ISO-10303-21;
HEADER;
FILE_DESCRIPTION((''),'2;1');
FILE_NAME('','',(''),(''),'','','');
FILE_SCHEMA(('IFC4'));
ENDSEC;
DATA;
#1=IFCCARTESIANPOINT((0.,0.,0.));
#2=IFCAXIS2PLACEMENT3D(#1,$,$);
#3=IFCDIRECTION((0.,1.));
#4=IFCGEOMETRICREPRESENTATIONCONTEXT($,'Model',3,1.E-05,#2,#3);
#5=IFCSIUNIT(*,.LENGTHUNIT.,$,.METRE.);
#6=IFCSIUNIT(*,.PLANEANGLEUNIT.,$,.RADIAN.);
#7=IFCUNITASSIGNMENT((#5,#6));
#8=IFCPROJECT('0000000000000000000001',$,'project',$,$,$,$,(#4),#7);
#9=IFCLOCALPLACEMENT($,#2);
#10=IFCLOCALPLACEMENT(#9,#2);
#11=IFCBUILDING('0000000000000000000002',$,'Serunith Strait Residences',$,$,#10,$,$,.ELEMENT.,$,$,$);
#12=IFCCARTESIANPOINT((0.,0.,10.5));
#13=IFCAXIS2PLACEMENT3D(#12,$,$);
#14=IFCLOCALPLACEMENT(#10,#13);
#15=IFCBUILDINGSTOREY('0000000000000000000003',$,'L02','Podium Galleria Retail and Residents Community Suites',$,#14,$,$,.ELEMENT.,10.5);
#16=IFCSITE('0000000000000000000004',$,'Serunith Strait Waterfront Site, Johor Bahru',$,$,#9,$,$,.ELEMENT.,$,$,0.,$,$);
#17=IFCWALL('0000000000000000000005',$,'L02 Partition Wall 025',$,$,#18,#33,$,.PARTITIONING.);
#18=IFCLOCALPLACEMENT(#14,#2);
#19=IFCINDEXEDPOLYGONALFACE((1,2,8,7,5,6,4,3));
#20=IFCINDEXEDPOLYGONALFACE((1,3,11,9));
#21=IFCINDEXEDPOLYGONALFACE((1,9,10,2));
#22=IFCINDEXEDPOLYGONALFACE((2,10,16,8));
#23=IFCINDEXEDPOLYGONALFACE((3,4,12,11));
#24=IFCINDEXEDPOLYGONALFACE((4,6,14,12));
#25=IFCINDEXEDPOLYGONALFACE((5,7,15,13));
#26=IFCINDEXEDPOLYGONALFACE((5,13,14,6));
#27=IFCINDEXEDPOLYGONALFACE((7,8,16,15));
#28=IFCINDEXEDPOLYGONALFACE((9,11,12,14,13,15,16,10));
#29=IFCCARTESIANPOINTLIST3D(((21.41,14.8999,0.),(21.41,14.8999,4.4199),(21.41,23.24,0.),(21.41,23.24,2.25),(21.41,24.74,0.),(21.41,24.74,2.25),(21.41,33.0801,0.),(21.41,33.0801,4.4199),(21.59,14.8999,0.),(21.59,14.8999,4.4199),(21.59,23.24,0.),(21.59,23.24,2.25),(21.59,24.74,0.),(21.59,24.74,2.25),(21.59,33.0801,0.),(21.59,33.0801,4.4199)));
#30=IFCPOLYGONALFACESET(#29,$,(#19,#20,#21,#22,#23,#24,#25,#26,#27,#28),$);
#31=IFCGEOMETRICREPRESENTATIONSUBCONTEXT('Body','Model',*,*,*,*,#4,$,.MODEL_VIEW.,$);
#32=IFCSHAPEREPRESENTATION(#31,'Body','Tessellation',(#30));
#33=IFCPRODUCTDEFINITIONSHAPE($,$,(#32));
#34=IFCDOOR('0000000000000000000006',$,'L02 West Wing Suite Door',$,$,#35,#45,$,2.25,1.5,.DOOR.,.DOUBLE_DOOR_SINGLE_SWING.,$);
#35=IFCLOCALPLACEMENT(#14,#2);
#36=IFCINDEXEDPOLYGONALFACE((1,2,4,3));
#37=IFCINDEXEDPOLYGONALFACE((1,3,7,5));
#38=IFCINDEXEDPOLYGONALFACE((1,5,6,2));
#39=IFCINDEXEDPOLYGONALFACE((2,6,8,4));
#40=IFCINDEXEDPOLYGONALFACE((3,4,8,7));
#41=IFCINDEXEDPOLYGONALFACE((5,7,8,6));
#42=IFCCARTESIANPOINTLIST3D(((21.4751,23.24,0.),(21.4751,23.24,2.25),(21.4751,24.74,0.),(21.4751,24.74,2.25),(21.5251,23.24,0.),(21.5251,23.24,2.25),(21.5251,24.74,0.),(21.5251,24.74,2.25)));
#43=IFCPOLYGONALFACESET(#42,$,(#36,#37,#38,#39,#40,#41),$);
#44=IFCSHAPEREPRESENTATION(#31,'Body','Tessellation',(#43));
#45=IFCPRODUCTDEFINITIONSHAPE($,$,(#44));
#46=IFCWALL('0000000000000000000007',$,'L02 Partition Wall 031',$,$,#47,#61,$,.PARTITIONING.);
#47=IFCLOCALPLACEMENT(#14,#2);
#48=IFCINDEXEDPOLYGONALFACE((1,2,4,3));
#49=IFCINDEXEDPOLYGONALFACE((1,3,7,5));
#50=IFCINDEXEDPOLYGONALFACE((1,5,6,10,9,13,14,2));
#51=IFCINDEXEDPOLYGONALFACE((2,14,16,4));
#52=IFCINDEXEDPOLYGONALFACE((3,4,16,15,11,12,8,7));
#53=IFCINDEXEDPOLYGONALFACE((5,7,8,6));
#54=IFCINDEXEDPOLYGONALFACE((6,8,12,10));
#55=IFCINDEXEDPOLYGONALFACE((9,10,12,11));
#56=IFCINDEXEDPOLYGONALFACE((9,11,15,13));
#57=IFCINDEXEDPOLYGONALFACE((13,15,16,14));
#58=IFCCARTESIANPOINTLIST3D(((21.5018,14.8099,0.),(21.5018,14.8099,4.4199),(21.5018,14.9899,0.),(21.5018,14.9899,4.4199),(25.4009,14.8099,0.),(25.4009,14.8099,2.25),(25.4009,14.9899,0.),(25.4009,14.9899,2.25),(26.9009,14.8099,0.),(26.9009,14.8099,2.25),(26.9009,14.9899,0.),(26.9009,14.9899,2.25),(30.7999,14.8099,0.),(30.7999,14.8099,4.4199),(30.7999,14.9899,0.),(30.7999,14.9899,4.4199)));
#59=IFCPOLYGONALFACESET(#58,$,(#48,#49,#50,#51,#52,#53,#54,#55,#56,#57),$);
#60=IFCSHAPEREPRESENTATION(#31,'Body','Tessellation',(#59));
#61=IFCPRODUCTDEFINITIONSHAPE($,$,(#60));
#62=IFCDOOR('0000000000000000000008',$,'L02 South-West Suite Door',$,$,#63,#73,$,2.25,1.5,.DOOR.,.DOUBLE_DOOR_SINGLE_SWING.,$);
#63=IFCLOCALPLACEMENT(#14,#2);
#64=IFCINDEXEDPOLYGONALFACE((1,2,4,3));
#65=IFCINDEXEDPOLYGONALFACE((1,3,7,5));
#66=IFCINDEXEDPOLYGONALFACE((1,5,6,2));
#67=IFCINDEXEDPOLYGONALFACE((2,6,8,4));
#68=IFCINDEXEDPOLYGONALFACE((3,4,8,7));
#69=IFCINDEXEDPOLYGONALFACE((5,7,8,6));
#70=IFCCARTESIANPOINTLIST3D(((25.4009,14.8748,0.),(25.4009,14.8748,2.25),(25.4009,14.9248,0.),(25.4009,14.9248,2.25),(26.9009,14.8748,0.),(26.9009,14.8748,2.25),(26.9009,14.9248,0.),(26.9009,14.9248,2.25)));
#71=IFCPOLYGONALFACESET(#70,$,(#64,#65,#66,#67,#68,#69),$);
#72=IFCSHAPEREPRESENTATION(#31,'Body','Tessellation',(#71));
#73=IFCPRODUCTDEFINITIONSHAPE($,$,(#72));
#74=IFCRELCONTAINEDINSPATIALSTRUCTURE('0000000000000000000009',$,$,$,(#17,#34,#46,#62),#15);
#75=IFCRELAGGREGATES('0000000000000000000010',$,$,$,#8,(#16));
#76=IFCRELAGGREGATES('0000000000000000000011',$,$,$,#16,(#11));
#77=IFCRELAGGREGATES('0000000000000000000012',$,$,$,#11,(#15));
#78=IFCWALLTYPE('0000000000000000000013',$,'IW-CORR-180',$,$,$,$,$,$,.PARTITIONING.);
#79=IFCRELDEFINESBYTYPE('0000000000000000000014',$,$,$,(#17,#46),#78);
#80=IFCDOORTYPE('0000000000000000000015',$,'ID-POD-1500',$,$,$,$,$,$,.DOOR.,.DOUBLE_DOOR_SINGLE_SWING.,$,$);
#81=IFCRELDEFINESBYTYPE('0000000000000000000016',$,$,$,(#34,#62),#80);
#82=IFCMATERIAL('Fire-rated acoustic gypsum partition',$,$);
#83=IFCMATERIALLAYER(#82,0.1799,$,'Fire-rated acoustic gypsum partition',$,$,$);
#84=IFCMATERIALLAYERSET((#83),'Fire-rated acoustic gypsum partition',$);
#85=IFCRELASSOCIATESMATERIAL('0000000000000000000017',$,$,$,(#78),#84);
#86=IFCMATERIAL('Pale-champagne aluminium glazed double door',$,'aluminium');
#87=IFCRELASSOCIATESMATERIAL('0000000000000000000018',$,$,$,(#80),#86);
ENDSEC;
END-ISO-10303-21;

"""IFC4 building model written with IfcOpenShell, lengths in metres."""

from ifc_helpers import new_model, si_unit, direction, frame, frame_2d, origin, place, context, subcontext, project, spatial, rectangle, extrude, source, transform, mapped, material, layer, layer_set, type_object, element, fill, save


model = new_model("IFC4")

# Units and contexts
model_context = context("Model", 3, precision=1e-05, world=origin(), true_north=direction((0.0, 1.0)))
body_context = subcontext(model_context, "Body", "Model", "MODEL_VIEW")
ifc_project = project(units=[si_unit("LENGTHUNIT", "METRE"), si_unit("PLANEANGLEUNIT", "RADIAN")], contexts=[model_context])

# Site, building, storey
site_placement = place(None, origin())
site = spatial("IfcSite", under=ifc_project, at=site_placement, Name="Serunith Strait Waterfront Site, Johor Bahru", CompositionType="ELEMENT", RefElevation=0.0)
building_placement = place(site_placement, origin())
building = spatial("IfcBuilding", under=site, at=building_placement, Name="Serunith Strait Residences", CompositionType="ELEMENT")
storey_placement = place(building_placement, frame((0.0, 0.0, 10.5)))
storey = spatial("IfcBuildingStorey", under=building, at=storey_placement, Name="L02", Description="Podium Galleria Retail and Residents Community Suites", CompositionType="ELEMENT", Elevation=10.5)

# Walls, openings, doors
ifc_material_1 = material(Name="Fire-rated acoustic gypsum partition")
ifc_layer_1 = layer(ifc_material_1, 0.1799, Name="Fire-rated acoustic gypsum partition")
ifc_layer_set_1 = layer_set([ifc_layer_1], Name="Fire-rated acoustic gypsum partition")
wall_type_1 = type_object("IfcWallType", Name="IW-CORR-180", PredefinedType="PARTITIONING", material=ifc_layer_set_1)
wall_1_placement = place(storey_placement, frame((21.5, 14.8999, 0.0), z_axis=(0.0, 0.0, 1.0), x_axis=(0.0, 1.0, 0.0)))
wall_1 = element("IfcWall", 1, at=wall_1_placement, inside=storey, type_object=wall_type_1, Name="L02 Partition Wall 025", PredefinedType="PARTITIONING", context=body_context, shape_type="SweptSolid", body=[
    extrude(rectangle(XDim=18.1802, YDim=0.1799, at=frame_2d((9.0901, 0.0))), origin(), (0.0, 0.0, 1.0), 4.4199),
])
opening_1_placement = place(wall_1_placement, frame((8.3401, 0.0, 0.0)))
opening_1 = element("IfcOpeningElement", 2, at=opening_1_placement, cuts=wall_1, PredefinedType="OPENING", context=body_context, shape_type="SweptSolid", body=[
    extrude(rectangle(XDim=1.5, YDim=2.25, at=frame_2d((0.75, 1.125))), frame((0.0, 0.1001, 0.0), z_axis=(0.0, -1.0, 0.0), x_axis=(1.0, 0.0, 0.0)), (0.0, 0.0, 1.0), 0.2),
])
ifc_material_2 = material(Name="Pale-champagne aluminium glazed double door", Category="aluminium")
door_type = type_object("IfcDoorType", Name="ID-POD-1500", OperationType="DOUBLE_DOOR_SINGLE_SWING", PredefinedType="DOOR", material=ifc_material_2)
shared_shape_1 = source(origin(), body_context, "Body", "SweptSolid", [
    extrude(rectangle(XDim=1.5, YDim=2.25, at=frame_2d((0.75, 1.125))), frame((0.0, 0.0249, 0.0), z_axis=(0.0, -1.0, 0.0), x_axis=(1.0, 0.0, 0.0)), (0.0, 0.0, 1.0), 0.05),
])
door_1_placement = place(opening_1_placement, origin())
door_1 = element("IfcDoor", 3, at=door_1_placement, inside=storey, type_object=door_type, Name="L02 West Wing Suite Door", OperationType="DOUBLE_DOOR_SINGLE_SWING", OverallHeight=2.25, OverallWidth=1.5, PredefinedType="DOOR", context=body_context, shape_type="MappedRepresentation", body=[
    mapped(shared_shape_1, transform((0.0, 0.0, 0.0), scale=1.0)),
])
fill(opening_1, door_1)
wall_2_placement = place(storey_placement, frame((21.502, 14.8999, 0.0), z_axis=(0.0, 0.0, 1.0), x_axis=(1.0, 0.0, 0.0)))
wall_2 = element("IfcWall", 4, at=wall_2_placement, inside=storey, type_object=wall_type_1, Name="L02 Partition Wall 031", PredefinedType="PARTITIONING", context=body_context, shape_type="SweptSolid", body=[
    extrude(rectangle(XDim=9.2981, YDim=0.1799, at=frame_2d((4.6489, 0.0))), origin(), (0.0, 0.0, 1.0), 4.4199),
])
opening_2_placement = place(wall_2_placement, frame((3.8989, 0.0, 0.0)))
opening_2 = element("IfcOpeningElement", 5, at=opening_2_placement, cuts=wall_2, PredefinedType="OPENING", context=body_context, shape_type="SweptSolid", body=[
    extrude(rectangle(XDim=1.5, YDim=2.25, at=frame_2d((0.75, 1.125))), frame((0.0, 0.1001, 0.0), z_axis=(0.0, -1.0, 0.0), x_axis=(1.0, 0.0, 0.0)), (0.0, 0.0, 1.0), 0.2),
])
door_2_placement = place(opening_2_placement, origin())
door_2 = element("IfcDoor", 6, at=door_2_placement, inside=storey, type_object=door_type, Name="L02 South-West Suite Door", OperationType="DOUBLE_DOOR_SINGLE_SWING", OverallHeight=2.25, OverallWidth=1.5, PredefinedType="DOOR", context=body_context, shape_type="MappedRepresentation", body=[
    mapped(shared_shape_1, transform((0.0, 0.0, 0.0), scale=1.0)),
])
fill(opening_2, door_2)

save(model, "model.ifc")
